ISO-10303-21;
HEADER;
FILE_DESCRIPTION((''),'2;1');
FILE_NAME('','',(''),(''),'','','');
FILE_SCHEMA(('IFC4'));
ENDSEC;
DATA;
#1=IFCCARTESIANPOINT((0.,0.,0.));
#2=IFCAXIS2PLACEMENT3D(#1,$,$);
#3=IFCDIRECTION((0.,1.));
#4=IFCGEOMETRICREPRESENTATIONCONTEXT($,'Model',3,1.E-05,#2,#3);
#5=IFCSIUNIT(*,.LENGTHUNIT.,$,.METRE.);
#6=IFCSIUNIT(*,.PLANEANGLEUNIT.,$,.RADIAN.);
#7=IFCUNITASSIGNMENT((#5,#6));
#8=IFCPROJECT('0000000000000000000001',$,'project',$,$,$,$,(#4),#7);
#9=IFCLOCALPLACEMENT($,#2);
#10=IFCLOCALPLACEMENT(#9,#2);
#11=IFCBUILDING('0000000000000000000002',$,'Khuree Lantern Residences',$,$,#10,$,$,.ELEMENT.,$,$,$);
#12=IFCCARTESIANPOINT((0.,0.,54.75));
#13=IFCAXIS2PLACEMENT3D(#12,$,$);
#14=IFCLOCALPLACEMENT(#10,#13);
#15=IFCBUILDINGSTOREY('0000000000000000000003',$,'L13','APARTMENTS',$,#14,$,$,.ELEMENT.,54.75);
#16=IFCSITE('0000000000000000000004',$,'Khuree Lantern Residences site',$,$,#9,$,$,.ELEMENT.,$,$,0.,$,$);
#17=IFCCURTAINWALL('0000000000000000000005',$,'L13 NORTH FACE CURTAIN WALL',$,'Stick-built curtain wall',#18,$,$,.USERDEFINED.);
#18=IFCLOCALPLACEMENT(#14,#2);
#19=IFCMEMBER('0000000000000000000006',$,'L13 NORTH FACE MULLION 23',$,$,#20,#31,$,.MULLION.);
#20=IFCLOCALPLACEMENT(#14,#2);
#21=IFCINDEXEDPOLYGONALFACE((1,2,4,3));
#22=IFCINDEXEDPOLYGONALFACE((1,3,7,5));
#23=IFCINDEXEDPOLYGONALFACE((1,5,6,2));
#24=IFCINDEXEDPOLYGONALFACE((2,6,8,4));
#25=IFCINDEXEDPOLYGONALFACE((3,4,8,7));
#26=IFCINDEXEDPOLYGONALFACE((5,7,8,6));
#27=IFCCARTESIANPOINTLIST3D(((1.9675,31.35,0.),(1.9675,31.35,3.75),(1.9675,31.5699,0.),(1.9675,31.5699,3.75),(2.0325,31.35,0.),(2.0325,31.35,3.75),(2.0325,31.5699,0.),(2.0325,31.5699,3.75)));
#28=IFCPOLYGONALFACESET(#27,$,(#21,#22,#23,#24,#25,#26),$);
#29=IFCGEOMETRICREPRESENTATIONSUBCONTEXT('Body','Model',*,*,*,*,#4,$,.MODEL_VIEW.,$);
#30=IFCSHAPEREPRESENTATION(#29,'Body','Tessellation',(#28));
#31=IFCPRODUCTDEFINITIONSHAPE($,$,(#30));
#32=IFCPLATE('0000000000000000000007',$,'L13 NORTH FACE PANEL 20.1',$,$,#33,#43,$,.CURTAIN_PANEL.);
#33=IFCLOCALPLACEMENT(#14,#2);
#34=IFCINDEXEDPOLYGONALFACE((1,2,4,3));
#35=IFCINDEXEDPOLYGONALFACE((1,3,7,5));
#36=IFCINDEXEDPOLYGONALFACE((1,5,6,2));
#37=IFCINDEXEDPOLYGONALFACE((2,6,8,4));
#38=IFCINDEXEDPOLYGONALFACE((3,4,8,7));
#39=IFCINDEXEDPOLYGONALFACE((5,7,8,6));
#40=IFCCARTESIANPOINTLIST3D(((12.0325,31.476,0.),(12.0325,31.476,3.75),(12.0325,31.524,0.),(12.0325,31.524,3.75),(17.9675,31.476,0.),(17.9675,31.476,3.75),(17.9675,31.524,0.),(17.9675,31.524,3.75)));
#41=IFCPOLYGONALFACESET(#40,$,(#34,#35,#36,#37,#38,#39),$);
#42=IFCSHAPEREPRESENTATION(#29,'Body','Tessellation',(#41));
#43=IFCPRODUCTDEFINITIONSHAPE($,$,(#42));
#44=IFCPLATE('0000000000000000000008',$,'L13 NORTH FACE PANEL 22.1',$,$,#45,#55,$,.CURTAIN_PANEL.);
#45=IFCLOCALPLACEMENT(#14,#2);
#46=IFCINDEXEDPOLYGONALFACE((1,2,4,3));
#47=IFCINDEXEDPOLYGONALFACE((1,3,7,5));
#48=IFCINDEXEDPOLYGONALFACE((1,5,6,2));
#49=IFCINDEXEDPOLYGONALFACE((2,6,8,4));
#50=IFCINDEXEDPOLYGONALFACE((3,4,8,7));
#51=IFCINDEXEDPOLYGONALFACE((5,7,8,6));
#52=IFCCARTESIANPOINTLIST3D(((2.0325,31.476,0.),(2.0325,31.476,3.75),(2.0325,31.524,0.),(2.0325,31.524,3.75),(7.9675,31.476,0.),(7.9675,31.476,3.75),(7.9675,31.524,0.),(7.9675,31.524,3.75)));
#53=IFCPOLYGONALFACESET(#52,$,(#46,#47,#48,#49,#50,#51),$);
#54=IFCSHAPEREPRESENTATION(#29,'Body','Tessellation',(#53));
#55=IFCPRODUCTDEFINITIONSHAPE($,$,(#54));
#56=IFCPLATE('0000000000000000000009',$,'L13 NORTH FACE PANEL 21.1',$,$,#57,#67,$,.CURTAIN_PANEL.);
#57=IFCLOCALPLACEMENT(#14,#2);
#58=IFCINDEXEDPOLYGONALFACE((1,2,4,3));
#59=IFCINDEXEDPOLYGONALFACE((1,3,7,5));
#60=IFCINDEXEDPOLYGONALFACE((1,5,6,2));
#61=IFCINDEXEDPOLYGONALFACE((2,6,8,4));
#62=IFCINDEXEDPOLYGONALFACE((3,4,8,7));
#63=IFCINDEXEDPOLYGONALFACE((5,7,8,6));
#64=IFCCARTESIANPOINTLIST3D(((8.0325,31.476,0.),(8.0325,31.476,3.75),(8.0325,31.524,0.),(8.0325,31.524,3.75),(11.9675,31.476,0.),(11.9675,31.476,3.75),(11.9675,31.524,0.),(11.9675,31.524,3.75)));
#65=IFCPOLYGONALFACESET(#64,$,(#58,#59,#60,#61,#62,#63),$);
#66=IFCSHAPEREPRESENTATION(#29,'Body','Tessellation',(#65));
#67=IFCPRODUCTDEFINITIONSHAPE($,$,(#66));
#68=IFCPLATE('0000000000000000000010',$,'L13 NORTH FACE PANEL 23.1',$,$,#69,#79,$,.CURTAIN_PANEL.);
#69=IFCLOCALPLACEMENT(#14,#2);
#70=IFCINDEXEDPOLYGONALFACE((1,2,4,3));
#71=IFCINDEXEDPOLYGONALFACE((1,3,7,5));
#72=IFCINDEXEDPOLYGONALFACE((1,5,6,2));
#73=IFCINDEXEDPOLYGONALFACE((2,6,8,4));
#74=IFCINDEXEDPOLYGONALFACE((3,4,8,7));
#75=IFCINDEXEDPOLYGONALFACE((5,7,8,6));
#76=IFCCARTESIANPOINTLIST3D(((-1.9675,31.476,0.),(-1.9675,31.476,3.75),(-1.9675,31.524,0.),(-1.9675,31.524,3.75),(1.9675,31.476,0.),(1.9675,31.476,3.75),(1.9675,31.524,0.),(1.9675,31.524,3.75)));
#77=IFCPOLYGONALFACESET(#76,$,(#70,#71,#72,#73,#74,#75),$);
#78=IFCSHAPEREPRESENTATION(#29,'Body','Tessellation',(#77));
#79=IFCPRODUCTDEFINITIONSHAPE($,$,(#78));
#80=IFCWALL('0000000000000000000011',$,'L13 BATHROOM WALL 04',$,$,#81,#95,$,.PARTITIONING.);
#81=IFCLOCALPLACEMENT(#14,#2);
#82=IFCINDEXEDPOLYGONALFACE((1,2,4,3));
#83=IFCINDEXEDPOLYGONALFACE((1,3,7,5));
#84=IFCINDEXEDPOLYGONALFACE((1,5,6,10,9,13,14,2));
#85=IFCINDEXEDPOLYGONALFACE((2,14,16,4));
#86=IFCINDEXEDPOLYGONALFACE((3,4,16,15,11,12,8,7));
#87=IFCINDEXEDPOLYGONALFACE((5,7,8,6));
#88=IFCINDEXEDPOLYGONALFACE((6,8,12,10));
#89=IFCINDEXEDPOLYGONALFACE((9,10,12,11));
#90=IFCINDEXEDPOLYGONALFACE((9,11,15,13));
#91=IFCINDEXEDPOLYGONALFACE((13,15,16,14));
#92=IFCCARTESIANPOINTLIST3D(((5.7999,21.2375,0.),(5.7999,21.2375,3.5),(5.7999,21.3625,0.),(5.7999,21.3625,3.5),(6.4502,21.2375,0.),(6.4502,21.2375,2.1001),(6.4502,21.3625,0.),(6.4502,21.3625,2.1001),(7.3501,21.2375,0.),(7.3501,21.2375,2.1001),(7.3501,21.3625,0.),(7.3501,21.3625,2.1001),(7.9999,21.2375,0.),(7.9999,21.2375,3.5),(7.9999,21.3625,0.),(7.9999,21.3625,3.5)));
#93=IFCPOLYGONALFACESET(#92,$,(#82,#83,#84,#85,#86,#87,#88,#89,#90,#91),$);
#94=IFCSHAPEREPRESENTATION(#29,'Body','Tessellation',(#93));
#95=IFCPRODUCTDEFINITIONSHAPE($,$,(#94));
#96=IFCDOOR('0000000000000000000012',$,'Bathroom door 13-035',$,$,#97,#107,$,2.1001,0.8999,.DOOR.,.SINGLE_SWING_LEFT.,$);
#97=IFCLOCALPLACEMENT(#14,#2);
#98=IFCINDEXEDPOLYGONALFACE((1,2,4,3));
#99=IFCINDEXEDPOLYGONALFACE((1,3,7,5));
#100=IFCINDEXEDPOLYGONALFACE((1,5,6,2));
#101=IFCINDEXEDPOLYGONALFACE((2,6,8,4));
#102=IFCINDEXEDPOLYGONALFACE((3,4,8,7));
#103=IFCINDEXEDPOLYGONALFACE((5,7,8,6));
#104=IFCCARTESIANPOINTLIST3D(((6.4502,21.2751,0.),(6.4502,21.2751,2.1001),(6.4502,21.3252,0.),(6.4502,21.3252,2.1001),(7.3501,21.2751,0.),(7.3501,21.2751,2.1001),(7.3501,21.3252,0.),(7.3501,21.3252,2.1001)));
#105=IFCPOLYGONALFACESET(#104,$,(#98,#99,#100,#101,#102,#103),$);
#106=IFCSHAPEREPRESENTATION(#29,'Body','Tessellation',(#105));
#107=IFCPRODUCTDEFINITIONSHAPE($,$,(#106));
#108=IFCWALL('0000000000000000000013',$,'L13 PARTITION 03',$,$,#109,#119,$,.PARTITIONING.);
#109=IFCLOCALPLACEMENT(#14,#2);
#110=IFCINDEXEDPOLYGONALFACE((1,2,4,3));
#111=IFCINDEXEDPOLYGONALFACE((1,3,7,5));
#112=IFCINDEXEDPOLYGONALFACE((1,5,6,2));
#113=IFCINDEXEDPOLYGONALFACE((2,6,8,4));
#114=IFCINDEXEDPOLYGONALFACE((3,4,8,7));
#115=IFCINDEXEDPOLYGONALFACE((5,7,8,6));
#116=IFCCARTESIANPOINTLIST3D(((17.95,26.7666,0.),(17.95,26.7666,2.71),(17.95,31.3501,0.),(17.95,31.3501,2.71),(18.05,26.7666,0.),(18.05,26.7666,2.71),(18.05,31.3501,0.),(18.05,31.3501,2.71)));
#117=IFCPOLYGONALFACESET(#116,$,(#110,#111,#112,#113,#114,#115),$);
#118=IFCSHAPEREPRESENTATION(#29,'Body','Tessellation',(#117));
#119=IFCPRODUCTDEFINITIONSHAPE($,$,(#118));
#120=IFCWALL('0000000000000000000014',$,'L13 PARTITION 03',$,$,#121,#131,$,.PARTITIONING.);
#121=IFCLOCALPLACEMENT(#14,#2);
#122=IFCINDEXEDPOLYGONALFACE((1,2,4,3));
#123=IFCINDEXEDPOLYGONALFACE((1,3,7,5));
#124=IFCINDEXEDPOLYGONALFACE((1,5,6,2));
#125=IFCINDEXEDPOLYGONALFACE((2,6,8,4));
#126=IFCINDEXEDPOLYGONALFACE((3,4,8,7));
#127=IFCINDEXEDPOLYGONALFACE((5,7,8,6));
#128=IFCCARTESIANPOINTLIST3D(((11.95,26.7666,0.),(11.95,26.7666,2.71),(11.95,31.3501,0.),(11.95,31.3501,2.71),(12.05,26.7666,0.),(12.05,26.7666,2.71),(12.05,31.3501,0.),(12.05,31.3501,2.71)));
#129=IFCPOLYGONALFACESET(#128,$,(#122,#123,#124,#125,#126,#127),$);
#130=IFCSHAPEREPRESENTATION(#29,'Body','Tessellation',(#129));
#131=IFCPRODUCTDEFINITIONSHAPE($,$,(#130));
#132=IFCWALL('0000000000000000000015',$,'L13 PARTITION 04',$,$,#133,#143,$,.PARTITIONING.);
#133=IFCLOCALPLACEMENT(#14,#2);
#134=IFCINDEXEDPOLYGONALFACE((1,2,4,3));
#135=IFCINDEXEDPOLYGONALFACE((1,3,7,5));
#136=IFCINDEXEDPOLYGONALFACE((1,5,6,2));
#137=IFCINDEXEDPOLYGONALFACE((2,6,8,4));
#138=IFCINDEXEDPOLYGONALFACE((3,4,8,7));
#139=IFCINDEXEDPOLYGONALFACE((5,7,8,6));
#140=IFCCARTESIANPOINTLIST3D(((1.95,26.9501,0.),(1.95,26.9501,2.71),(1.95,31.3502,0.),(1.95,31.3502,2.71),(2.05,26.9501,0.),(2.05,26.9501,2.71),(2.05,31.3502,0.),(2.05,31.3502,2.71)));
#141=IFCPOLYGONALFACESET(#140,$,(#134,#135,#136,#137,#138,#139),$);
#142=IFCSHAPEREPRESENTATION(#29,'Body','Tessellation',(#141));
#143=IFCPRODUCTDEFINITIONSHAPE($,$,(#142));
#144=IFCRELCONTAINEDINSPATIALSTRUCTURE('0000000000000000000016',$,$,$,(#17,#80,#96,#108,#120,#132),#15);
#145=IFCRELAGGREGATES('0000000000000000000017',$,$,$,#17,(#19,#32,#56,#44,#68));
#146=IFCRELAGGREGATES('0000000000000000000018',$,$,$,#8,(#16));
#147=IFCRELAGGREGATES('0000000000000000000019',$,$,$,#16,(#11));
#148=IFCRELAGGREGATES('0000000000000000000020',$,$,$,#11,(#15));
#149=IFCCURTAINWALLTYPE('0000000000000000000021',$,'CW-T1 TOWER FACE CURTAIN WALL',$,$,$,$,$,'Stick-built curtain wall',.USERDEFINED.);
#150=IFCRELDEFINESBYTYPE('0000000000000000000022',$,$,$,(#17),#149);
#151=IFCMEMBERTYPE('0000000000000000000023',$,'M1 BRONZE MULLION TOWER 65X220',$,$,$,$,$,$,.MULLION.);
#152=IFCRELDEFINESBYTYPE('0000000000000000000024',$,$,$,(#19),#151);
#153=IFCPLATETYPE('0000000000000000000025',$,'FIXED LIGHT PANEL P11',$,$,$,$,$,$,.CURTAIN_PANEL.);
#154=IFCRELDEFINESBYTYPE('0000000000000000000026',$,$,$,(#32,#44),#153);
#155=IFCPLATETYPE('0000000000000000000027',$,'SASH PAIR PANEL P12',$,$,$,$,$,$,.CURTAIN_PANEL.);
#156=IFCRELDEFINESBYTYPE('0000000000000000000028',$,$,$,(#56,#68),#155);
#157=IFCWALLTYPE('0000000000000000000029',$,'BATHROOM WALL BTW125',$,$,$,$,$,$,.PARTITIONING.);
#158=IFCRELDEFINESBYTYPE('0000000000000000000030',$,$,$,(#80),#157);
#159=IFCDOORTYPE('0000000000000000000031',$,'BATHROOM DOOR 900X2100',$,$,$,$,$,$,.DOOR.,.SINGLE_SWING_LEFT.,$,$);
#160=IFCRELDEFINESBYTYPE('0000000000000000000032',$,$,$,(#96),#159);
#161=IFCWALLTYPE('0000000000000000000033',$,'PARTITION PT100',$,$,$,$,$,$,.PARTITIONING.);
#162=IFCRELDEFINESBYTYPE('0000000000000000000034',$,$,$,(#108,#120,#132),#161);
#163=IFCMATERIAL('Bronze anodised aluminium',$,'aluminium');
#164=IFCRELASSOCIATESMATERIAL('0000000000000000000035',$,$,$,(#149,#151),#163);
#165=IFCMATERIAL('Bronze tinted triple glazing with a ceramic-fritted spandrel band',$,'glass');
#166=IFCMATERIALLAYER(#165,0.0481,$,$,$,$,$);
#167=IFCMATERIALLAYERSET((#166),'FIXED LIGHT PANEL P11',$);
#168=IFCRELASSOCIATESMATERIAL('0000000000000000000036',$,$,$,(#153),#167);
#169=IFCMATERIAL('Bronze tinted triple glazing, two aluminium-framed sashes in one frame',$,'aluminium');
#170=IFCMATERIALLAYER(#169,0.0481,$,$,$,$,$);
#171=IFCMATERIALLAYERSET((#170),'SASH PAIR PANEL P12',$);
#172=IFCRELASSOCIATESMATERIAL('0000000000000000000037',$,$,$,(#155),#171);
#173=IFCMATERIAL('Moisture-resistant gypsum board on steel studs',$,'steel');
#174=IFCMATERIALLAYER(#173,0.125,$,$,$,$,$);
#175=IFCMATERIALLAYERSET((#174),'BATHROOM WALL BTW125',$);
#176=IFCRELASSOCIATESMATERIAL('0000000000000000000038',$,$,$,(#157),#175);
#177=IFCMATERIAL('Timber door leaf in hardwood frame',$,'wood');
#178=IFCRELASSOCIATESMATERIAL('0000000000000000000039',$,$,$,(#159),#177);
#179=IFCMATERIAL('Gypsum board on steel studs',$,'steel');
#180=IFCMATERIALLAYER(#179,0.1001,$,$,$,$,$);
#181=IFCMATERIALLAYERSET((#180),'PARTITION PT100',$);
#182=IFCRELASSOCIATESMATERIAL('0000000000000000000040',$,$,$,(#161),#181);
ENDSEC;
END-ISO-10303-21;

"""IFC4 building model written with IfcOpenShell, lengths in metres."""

from ifc_helpers import new_model, si_unit, direction, frame, frame_2d, origin, origin_2d, place, context, subcontext, project, spatial, rectangle, extrude, material, layer, layer_set, material_profile, profile_set, type_object, element, fill, aggregate, save


model = new_model("IFC4")

# Units and contexts
model_context = context("Model", 3, precision=1e-05, world=origin(), true_north=direction((0.0, 1.0)))
body_context = subcontext(model_context, "Body", "Model", "MODEL_VIEW")
ifc_project = project(units=[si_unit("LENGTHUNIT", "METRE"), si_unit("PLANEANGLEUNIT", "RADIAN")], contexts=[model_context])

# Site, building, storey
site_placement = place(None, origin())
site = spatial("IfcSite", under=ifc_project, at=site_placement, Name="Khuree Lantern Residences site", CompositionType="ELEMENT", RefElevation=0.0)
building_placement = place(site_placement, origin())
building = spatial("IfcBuilding", under=site, at=building_placement, Name="Khuree Lantern Residences", CompositionType="ELEMENT")
storey_placement = place(building_placement, frame((0.0, 0.0, 54.75)))
storey = spatial("IfcBuildingStorey", under=building, at=storey_placement, Name="L13", Description="APARTMENTS", CompositionType="ELEMENT", Elevation=54.75)

# Curtain wall
ifc_material_1 = material(Name="Bronze anodised aluminium", Category="aluminium")
curtain_wall_type = type_object("IfcCurtainWallType", Name="CW-T1 TOWER FACE CURTAIN WALL", ElementType="Stick-built curtain wall", PredefinedType="USERDEFINED", material=ifc_material_1)
curtain_wall_placement = place(storey_placement, origin())
curtain_wall = element("IfcCurtainWall", 1, at=curtain_wall_placement, inside=storey, type_object=curtain_wall_type, Name="L13 NORTH FACE CURTAIN WALL", ObjectType="Stick-built curtain wall", PredefinedType="USERDEFINED")

# Member
ifc_material_profile_1 = material_profile(ifc_material_1, rectangle(XDim=0.0649, YDim=0.22, at=origin_2d()), Name="M1 65X220")
ifc_profile_set_1 = profile_set([ifc_material_profile_1], Name="Bronze anodised aluminium")
member_type_1 = type_object("IfcMemberType", Name="M1 BRONZE MULLION TOWER 65X220", PredefinedType="MULLION", material=ifc_profile_set_1)
member_1_placement = place(storey_placement, frame((2.0, 31.46, 0.0), z_axis=(0.0, 0.0, 1.0), x_axis=(-1.0, 0.0, 0.0)))
member_1 = element("IfcMember", 2, at=member_1_placement, type_object=member_type_1, Name="L13 NORTH FACE MULLION 23", PredefinedType="MULLION", context=body_context, shape_type="SweptSolid", body=[
    extrude(rectangle(XDim=0.0649, YDim=0.22, at=origin_2d()), origin(), (0.0, 0.0, 1.0), 3.75),
])

# Plates
ifc_material_2 = material(Name="Bronze tinted triple glazing with a ceramic-fritted spandrel band", Category="glass")
ifc_layer_1 = layer(ifc_material_2, 0.0481)
ifc_layer_set_1 = layer_set([ifc_layer_1], Name="FIXED LIGHT PANEL P11")
plate_type_1 = type_object("IfcPlateType", Name="FIXED LIGHT PANEL P11", PredefinedType="CURTAIN_PANEL", material=ifc_layer_set_1)
plate_1_placement = place(storey_placement, frame((15.0, 31.5, 0.0), z_axis=(0.0, 0.0, 1.0), x_axis=(-1.0, 0.0, 0.0)))
plate_1 = element("IfcPlate", 3, at=plate_1_placement, type_object=plate_type_1, Name="L13 NORTH FACE PANEL 20.1", PredefinedType="CURTAIN_PANEL", context=body_context, shape_type="SweptSolid", body=[
    extrude(rectangle(XDim=5.9351, YDim=0.0481, at=origin_2d()), origin(), (0.0, 0.0, 1.0), 3.75),
])
plate_2_placement = place(storey_placement, frame((5.0, 31.5, 0.0), z_axis=(0.0, 0.0, 1.0), x_axis=(-1.0, 0.0, 0.0)))
plate_2 = element("IfcPlate", 4, at=plate_2_placement, type_object=plate_type_1, Name="L13 NORTH FACE PANEL 22.1", PredefinedType="CURTAIN_PANEL", context=body_context, shape_type="SweptSolid", body=[
    extrude(rectangle(XDim=5.9351, YDim=0.0481, at=origin_2d()), origin(), (0.0, 0.0, 1.0), 3.75),
])
ifc_material_3 = material(Name="Bronze tinted triple glazing, two aluminium-framed sashes in one frame", Category="aluminium")
ifc_layer_2 = layer(ifc_material_3, 0.0481)
ifc_layer_set_2 = layer_set([ifc_layer_2], Name="SASH PAIR PANEL P12")
plate_type_2 = type_object("IfcPlateType", Name="SASH PAIR PANEL P12", PredefinedType="CURTAIN_PANEL", material=ifc_layer_set_2)
plate_3_placement = place(storey_placement, frame((10.0, 31.5, 0.0), z_axis=(0.0, 0.0, 1.0), x_axis=(-1.0, 0.0, 0.0)))
plate_3 = element("IfcPlate", 5, at=plate_3_placement, type_object=plate_type_2, Name="L13 NORTH FACE PANEL 21.1", PredefinedType="CURTAIN_PANEL", context=body_context, shape_type="SweptSolid", body=[
    extrude(rectangle(XDim=3.9351, YDim=0.0481, at=origin_2d()), origin(), (0.0, 0.0, 1.0), 3.75),
])
plate_4_placement = place(storey_placement, frame((0.0, 31.5, 0.0), z_axis=(0.0, 0.0, 1.0), x_axis=(-1.0, 0.0, 0.0)))
plate_4 = element("IfcPlate", 6, at=plate_4_placement, type_object=plate_type_2, Name="L13 NORTH FACE PANEL 23.1", PredefinedType="CURTAIN_PANEL", context=body_context, shape_type="SweptSolid", body=[
    extrude(rectangle(XDim=3.9351, YDim=0.0481, at=origin_2d()), origin(), (0.0, 0.0, 1.0), 3.75),
])
aggregate(curtain_wall, [member_1, plate_1, plate_3, plate_2, plate_4])

# Wall, opening, door
ifc_material_4 = material(Name="Moisture-resistant gypsum board on steel studs", Category="steel")
ifc_layer_3 = layer(ifc_material_4, 0.125)
ifc_layer_set_3 = layer_set([ifc_layer_3], Name="BATHROOM WALL BTW125")
wall_type_1 = type_object("IfcWallType", Name="BATHROOM WALL BTW125", PredefinedType="PARTITIONING", material=ifc_layer_set_3)
wall_1_placement = place(storey_placement, frame((8.0, 21.3, 0.0), z_axis=(0.0, 0.0, 1.0), x_axis=(-1.0, 0.0, 0.0)))
wall_1 = element("IfcWall", 7, at=wall_1_placement, inside=storey, type_object=wall_type_1, Name="L13 BATHROOM WALL 04", PredefinedType="PARTITIONING", context=body_context, shape_type="SweptSolid", body=[
    extrude(rectangle(XDim=2.2, YDim=0.125, at=frame_2d((1.1001, 0.0))), origin(), (0.0, 0.0, 1.0), 3.5),
])
opening_1_placement = place(wall_1_placement, frame((0.6499, 0.0, 0.0)))
opening_1 = element("IfcOpeningElement", 8, at=opening_1_placement, cuts=wall_1, PredefinedType="OPENING", context=body_context, shape_type="SweptSolid", body=[
    extrude(rectangle(XDim=0.8999, YDim=2.1001, at=frame_2d((0.45, 1.05))), frame((0.0, 0.0725, 0.0), z_axis=(0.0, -1.0, 0.0), x_axis=(1.0, 0.0, 0.0)), (0.0, 0.0, 1.0), 0.145),
])
ifc_material_5 = material(Name="Timber door leaf in hardwood frame", Category="wood")
door_type_1 = type_object("IfcDoorType", Name="BATHROOM DOOR 900X2100", OperationType="SINGLE_SWING_LEFT", PredefinedType="DOOR", material=ifc_material_5)
door_1_placement = place(opening_1_placement, origin())
door_1 = element("IfcDoor", 9, at=door_1_placement, inside=storey, type_object=door_type_1, Name="Bathroom door 13-035", OperationType="SINGLE_SWING_LEFT", OverallHeight=2.1001, OverallWidth=0.8999, PredefinedType="DOOR", context=body_context, shape_type="SweptSolid", body=[
    extrude(rectangle(XDim=0.8999, YDim=2.1001, at=frame_2d((0.45, 1.05))), frame((0.0, 0.0249, 0.0), z_axis=(0.0, -1.0, 0.0), x_axis=(1.0, 0.0, 0.0)), (0.0, 0.0, 1.0), 0.05),
])
fill(opening_1, door_1)

# Walls
ifc_material_6 = material(Name="Gypsum board on steel studs", Category="steel")
ifc_layer_4 = layer(ifc_material_6, 0.1001)
ifc_layer_set_4 = layer_set([ifc_layer_4], Name="PARTITION PT100")
wall_type_2 = type_object("IfcWallType", Name="PARTITION PT100", PredefinedType="PARTITIONING", material=ifc_layer_set_4)
for number, where, z_axis, x_axis, name in (
    (10, (18.0, 26.7666, 0.0), (0.0, 0.0, 1.0), (0.0, 1.0, 0.0), "L13 PARTITION 03"),
    (11, (12.0, 26.7666, 0.0), (0.0, 0.0, 1.0), (0.0, 1.0, 0.0), "L13 PARTITION 03"),
):
    element("IfcWall", number, at=place(storey_placement, frame(where, z_axis=z_axis, x_axis=x_axis)), inside=storey, type_object=wall_type_2, Name=name, PredefinedType="PARTITIONING", context=body_context, shape_type="SweptSolid", body=[
        extrude(rectangle(XDim=4.5835, YDim=0.1001, at=frame_2d((2.2917, 0.0))), origin(), (0.0, 0.0, 1.0), 2.71),
    ])
wall_2_placement = place(storey_placement, frame((2.0, 26.95, 0.0), z_axis=(0.0, 0.0, 1.0), x_axis=(0.0, 1.0, 0.0)))
element("IfcWall", 12, at=wall_2_placement, inside=storey, type_object=wall_type_2, Name="L13 PARTITION 04", PredefinedType="PARTITIONING", context=body_context, shape_type="SweptSolid", body=[
    extrude(rectangle(XDim=4.4001, YDim=0.1001, at=frame_2d((2.2002, 0.0))), origin(), (0.0, 0.0, 1.0), 2.71),
])

save(model, "model.ifc")
